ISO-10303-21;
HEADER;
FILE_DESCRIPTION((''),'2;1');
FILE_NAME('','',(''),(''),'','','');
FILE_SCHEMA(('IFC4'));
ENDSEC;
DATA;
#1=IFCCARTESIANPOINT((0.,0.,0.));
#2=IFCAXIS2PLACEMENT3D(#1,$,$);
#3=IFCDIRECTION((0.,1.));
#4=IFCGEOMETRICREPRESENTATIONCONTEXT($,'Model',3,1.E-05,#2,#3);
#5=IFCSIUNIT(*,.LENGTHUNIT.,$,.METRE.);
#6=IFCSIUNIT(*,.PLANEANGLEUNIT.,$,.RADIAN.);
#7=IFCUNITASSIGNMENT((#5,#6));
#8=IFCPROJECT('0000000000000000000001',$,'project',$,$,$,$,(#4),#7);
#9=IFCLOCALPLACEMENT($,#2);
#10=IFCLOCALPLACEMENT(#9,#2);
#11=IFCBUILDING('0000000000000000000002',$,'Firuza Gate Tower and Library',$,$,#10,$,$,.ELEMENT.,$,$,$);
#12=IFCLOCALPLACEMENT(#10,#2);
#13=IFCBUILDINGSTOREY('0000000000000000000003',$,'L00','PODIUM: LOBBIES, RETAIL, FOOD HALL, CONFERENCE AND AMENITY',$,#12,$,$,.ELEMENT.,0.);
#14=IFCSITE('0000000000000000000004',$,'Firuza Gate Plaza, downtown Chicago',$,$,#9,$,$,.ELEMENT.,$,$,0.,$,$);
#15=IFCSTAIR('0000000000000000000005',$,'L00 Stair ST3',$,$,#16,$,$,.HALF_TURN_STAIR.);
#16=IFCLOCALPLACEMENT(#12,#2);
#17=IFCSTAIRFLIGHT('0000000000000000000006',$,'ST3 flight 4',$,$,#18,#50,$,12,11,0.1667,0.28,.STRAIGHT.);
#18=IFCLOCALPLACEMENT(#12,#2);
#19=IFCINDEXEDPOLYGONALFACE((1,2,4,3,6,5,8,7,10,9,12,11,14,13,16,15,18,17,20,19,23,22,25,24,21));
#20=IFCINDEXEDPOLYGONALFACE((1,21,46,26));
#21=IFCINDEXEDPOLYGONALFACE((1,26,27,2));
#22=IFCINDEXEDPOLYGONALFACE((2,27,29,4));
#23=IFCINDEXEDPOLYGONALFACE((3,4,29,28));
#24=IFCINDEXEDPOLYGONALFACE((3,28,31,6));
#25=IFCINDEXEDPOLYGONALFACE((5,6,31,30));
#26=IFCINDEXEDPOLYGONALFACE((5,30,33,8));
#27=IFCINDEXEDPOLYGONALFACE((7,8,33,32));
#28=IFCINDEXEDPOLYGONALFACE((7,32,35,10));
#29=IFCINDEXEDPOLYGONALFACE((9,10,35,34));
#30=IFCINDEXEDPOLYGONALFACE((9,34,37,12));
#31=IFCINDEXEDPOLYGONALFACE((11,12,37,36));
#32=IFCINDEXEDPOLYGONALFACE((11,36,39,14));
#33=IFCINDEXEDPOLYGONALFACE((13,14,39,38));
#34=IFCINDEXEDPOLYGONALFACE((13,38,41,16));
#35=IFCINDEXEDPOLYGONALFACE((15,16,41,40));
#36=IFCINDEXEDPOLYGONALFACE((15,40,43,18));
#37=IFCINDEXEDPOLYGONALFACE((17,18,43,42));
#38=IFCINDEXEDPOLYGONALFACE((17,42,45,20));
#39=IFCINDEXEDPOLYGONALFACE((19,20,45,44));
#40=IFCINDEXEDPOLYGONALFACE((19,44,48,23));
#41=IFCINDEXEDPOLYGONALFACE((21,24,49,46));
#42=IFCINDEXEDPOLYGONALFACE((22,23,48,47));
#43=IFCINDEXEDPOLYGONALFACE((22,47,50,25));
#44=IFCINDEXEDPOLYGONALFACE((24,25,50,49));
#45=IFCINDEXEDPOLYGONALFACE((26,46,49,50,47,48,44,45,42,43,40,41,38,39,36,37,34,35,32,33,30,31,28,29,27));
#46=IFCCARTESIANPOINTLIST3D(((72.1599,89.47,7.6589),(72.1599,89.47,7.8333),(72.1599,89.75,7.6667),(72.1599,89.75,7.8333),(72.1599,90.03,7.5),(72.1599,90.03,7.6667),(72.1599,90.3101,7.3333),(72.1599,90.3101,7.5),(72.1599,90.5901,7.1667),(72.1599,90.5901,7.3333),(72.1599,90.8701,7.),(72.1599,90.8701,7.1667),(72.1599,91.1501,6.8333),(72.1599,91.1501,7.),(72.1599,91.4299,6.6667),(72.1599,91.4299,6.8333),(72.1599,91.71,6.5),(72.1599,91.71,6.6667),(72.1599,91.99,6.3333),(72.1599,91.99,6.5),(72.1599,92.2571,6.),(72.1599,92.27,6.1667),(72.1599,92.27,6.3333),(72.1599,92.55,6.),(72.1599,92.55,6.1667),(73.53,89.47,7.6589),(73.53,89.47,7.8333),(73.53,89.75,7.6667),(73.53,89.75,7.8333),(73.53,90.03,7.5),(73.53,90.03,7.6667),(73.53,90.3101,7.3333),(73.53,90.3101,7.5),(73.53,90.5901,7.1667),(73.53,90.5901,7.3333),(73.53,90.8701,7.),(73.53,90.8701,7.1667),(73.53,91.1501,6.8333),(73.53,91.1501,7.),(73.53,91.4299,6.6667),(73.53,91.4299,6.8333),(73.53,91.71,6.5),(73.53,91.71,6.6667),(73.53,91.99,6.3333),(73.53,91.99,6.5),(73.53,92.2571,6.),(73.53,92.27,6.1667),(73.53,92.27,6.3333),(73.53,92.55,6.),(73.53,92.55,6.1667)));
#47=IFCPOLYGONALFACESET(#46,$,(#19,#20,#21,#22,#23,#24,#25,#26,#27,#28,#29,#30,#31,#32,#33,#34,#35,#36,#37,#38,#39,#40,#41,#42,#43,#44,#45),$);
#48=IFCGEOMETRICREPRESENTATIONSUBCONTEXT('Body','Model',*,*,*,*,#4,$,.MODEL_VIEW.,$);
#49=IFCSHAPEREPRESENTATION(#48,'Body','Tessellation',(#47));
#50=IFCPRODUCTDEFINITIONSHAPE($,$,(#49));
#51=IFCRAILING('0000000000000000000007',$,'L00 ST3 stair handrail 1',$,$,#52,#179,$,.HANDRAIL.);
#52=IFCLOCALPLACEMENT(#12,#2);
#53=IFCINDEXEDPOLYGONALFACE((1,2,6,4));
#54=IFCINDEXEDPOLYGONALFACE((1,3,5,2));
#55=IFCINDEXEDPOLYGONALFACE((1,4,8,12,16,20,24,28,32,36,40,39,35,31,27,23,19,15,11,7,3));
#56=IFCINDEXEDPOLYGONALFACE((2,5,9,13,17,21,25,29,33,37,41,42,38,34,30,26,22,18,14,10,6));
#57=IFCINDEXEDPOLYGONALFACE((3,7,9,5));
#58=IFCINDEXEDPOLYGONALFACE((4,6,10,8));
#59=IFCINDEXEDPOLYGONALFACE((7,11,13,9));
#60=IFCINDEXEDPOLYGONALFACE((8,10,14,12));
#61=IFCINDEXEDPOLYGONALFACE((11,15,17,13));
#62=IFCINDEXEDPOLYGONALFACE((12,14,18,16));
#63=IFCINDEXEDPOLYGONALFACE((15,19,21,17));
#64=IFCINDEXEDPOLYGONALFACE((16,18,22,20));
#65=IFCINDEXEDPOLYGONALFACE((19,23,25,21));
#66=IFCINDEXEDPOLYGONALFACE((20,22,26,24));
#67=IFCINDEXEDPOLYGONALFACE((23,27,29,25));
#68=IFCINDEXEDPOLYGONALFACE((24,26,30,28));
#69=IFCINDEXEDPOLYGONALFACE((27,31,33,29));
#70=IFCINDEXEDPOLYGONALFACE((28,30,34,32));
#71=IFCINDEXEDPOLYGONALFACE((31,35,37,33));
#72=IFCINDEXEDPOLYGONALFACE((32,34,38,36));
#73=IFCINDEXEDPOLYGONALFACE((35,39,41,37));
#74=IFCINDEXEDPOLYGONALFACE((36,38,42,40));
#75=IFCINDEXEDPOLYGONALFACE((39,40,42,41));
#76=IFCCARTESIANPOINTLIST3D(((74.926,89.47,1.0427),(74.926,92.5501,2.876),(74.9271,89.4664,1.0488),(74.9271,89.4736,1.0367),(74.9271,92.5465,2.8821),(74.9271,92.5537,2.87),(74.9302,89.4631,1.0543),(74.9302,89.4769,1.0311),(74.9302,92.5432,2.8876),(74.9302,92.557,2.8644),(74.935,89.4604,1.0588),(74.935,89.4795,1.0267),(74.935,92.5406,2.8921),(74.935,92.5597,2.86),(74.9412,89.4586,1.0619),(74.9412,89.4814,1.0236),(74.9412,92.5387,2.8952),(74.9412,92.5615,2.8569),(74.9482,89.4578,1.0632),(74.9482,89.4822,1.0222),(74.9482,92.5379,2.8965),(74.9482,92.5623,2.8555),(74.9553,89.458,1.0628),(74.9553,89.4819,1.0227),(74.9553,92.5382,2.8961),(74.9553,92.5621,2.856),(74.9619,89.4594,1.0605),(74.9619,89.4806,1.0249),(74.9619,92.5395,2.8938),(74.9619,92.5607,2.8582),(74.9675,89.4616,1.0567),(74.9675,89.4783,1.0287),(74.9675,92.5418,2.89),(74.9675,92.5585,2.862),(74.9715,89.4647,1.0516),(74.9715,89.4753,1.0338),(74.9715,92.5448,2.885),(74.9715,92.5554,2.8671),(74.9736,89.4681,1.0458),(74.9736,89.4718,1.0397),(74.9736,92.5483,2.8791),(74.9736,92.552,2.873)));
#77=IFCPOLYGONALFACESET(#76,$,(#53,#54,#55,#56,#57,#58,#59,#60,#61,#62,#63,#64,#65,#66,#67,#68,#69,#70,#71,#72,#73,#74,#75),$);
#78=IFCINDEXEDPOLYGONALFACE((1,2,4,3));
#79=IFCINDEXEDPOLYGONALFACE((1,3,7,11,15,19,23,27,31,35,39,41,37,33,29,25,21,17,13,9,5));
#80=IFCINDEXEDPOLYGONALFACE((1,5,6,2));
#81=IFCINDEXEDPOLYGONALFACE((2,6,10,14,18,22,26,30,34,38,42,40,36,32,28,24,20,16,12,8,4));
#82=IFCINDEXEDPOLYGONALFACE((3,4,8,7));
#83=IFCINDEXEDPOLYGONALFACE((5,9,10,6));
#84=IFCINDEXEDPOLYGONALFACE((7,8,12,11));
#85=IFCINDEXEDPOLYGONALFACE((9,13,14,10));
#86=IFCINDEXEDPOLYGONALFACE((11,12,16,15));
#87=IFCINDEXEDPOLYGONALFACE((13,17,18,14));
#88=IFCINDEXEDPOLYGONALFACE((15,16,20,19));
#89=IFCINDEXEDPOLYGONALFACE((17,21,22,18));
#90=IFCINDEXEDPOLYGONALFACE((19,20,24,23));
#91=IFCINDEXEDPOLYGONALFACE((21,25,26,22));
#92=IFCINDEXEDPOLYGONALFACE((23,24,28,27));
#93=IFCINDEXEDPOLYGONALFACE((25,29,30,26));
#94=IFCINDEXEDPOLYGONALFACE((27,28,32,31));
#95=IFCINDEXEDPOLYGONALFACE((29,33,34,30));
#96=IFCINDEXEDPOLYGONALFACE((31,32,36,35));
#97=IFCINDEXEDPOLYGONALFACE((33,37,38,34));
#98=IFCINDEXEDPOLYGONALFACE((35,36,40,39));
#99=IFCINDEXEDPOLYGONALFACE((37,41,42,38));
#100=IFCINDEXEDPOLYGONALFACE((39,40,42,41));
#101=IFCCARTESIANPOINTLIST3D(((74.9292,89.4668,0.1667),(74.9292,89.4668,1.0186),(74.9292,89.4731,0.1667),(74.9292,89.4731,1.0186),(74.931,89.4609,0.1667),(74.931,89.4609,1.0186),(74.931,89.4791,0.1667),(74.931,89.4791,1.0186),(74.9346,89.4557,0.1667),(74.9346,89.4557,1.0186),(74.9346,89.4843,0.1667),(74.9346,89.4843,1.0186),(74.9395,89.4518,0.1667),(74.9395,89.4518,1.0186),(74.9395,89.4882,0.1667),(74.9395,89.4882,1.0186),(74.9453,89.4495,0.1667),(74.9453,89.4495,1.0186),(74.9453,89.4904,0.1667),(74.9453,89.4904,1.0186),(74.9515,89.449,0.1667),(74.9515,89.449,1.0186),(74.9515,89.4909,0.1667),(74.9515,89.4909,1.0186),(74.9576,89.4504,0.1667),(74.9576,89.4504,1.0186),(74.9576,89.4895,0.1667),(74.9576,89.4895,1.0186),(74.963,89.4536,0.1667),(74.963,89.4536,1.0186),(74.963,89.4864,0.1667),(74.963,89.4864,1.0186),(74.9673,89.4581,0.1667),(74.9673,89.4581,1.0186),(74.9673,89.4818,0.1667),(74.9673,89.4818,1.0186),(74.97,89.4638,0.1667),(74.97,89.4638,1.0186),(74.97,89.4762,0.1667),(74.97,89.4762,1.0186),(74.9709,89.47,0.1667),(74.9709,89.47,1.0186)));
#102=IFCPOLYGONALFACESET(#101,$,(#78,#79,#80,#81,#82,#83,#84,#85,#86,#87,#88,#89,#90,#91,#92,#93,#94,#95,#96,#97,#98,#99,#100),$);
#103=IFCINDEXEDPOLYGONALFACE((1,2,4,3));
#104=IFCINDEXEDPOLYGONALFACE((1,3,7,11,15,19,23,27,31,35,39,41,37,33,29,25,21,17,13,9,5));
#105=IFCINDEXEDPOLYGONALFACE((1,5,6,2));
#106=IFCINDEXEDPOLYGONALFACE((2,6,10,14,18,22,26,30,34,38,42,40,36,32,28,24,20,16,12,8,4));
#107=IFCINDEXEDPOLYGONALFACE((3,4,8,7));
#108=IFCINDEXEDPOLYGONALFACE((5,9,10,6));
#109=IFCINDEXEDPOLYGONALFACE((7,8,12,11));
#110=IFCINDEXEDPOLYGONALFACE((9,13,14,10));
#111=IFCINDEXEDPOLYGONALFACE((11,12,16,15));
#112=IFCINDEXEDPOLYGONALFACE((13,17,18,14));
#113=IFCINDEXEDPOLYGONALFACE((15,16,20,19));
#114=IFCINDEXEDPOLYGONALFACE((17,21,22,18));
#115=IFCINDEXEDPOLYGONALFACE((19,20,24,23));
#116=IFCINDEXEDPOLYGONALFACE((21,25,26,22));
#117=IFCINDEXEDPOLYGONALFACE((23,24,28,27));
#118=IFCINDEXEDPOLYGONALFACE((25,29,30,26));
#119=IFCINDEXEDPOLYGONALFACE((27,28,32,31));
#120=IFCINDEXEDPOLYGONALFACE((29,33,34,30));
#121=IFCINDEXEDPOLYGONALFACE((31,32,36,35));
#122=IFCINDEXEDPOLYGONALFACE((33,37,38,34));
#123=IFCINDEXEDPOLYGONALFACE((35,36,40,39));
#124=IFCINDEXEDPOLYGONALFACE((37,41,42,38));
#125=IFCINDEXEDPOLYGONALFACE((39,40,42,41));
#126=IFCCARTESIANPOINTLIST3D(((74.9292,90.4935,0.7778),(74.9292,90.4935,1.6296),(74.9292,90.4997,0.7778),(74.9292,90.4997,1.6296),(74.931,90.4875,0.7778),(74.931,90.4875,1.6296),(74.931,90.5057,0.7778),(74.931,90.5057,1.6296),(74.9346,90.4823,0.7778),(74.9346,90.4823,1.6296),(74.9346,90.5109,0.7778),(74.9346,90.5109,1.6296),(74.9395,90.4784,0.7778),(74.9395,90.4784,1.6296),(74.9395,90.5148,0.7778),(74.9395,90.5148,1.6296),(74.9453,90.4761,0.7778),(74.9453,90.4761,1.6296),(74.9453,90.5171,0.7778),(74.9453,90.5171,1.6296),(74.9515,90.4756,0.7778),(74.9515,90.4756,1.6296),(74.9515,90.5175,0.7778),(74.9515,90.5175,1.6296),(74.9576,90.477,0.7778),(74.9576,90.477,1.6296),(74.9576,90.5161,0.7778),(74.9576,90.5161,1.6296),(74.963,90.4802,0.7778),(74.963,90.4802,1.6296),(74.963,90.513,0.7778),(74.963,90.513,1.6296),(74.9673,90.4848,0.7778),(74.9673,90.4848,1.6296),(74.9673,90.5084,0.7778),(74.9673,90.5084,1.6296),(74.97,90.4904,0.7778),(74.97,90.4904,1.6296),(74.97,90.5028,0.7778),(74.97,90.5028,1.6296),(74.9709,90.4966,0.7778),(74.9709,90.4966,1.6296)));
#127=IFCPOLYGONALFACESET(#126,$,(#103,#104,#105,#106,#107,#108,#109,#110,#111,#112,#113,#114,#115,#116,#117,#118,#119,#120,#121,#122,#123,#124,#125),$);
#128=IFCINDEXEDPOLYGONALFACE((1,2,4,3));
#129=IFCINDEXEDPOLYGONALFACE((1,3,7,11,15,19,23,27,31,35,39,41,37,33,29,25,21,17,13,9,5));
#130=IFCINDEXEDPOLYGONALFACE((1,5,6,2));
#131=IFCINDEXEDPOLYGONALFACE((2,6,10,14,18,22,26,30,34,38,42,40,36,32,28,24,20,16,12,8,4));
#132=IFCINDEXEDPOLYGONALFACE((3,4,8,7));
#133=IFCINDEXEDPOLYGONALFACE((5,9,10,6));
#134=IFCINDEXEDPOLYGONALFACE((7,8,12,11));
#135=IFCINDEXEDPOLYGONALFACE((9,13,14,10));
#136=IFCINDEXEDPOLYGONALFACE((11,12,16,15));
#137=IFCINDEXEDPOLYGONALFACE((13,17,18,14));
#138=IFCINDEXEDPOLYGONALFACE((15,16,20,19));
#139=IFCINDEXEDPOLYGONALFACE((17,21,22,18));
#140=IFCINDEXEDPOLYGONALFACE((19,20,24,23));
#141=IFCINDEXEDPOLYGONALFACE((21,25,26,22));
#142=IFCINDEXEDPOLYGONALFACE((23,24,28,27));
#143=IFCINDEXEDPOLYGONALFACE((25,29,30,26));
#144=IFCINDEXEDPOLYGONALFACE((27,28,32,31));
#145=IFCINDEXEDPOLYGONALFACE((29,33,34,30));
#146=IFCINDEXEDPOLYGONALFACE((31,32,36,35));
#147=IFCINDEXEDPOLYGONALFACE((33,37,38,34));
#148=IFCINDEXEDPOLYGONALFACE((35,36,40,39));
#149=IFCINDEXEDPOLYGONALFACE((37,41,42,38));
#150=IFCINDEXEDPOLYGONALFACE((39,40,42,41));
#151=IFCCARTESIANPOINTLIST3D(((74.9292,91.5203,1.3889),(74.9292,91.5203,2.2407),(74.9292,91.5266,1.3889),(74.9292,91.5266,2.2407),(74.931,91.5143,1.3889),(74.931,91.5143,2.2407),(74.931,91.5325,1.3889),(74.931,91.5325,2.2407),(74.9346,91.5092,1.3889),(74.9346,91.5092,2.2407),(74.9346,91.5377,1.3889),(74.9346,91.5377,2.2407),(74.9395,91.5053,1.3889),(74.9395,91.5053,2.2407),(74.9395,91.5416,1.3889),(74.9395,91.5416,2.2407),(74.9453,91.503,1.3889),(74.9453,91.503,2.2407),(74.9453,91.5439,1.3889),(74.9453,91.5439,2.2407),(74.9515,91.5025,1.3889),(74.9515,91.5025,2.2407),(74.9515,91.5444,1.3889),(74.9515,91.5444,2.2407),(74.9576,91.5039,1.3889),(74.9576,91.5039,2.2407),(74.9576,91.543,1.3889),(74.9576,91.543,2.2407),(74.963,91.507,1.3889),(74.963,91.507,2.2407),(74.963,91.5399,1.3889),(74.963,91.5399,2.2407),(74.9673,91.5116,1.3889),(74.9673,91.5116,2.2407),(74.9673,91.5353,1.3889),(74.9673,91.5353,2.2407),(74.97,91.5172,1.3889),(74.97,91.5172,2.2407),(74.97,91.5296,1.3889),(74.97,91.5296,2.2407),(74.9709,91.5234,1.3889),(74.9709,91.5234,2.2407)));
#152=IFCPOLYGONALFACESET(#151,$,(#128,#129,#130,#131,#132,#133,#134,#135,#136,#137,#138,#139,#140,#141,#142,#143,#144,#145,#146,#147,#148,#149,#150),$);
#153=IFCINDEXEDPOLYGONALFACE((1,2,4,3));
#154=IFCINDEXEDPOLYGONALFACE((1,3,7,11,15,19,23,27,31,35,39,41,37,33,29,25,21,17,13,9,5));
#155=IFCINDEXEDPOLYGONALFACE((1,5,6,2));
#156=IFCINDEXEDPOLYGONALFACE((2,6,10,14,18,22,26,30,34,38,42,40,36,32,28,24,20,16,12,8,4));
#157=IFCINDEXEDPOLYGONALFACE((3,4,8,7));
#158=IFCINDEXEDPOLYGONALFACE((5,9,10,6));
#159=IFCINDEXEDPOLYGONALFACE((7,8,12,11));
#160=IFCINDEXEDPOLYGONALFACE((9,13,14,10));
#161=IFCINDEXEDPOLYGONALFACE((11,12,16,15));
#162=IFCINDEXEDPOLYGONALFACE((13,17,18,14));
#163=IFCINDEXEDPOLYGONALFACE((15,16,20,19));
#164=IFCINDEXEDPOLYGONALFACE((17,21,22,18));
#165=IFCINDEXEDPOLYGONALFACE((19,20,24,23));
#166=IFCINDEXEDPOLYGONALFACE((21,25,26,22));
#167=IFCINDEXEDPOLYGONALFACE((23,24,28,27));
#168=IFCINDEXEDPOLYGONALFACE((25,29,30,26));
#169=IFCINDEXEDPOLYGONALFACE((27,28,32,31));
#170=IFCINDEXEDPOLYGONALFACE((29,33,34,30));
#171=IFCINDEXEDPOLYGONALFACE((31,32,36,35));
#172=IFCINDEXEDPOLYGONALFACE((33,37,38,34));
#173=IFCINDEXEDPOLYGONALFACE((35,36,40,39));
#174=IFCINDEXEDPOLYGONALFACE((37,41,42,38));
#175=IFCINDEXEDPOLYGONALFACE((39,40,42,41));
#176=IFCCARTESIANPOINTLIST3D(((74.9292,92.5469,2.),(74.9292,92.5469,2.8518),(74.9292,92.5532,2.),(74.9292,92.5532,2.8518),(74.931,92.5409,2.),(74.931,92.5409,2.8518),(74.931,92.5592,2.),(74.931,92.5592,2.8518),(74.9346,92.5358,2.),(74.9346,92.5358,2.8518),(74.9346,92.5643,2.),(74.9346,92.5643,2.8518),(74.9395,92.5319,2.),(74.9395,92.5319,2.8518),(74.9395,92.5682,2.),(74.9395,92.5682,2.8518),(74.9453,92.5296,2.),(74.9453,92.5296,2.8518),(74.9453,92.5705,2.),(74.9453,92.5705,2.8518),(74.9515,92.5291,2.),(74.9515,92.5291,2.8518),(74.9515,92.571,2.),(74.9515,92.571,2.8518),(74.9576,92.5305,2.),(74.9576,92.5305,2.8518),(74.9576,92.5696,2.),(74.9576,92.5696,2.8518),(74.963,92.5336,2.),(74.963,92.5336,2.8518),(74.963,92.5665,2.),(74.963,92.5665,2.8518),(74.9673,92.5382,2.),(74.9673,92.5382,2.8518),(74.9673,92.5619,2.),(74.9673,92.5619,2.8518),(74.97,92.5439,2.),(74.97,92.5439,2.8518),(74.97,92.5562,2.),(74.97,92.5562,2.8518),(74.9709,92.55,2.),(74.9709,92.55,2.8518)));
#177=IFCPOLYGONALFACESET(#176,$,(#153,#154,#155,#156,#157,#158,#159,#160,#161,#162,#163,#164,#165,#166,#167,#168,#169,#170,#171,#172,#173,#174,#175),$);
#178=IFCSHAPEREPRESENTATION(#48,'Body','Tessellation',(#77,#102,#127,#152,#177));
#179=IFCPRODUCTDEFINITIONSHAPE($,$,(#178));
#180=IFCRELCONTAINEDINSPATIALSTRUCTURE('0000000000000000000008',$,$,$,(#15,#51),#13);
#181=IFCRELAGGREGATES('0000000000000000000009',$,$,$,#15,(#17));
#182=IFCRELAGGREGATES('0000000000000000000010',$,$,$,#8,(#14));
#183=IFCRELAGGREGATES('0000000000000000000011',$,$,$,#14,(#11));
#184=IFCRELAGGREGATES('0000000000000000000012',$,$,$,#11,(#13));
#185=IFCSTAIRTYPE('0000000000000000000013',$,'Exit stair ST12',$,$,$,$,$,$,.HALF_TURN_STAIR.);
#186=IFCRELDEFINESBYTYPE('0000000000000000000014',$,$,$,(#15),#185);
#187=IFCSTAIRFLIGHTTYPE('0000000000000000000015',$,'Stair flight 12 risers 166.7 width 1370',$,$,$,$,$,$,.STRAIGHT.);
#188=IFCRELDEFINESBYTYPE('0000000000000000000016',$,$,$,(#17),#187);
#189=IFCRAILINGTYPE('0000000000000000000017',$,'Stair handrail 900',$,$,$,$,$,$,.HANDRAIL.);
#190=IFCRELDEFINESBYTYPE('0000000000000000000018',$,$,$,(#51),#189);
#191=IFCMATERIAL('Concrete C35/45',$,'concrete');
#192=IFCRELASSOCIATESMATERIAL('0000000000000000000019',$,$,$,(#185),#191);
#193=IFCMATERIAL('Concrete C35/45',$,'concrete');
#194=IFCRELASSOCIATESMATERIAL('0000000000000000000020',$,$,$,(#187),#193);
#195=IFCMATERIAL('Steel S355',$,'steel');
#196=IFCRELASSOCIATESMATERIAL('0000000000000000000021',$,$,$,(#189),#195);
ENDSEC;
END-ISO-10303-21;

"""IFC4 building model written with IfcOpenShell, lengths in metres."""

from ifc_helpers import new_model, si_unit, direction, frame, origin, origin_2d, place, context, subcontext, project, spatial, polyline, circle, outline, extrude, material, type_object, element, aggregate, save


model = new_model("IFC4")

# Units and contexts
model_context = context("Model", 3, precision=1e-05, world=origin(), true_north=direction((0.0, 1.0)))
body_context = subcontext(model_context, "Body", "Model", "MODEL_VIEW")
ifc_project = project(units=[si_unit("LENGTHUNIT", "METRE"), si_unit("PLANEANGLEUNIT", "RADIAN")], contexts=[model_context])

# Site, building, storey
site_placement = place(None, origin())
site = spatial("IfcSite", under=ifc_project, at=site_placement, Name="Firuza Gate Plaza, downtown Chicago", CompositionType="ELEMENT", RefElevation=0.0)
building_placement = place(site_placement, origin())
building = spatial("IfcBuilding", under=site, at=building_placement, Name="Firuza Gate Tower and Library", CompositionType="ELEMENT")
storey_placement = place(building_placement, origin())
storey = spatial("IfcBuildingStorey", under=building, at=storey_placement, Name="L00", Description="PODIUM: LOBBIES, RETAIL, FOOD HALL, CONFERENCE AND AMENITY", CompositionType="ELEMENT", Elevation=0.0)

# Stair, stair flight
ifc_material_1 = material(Name="Concrete C35/45", Category="concrete")
stair_type = type_object("IfcStairType", Name="Exit stair ST12", PredefinedType="HALF_TURN_STAIR", material=ifc_material_1)
stair_placement = place(storey_placement, origin())
stair = element("IfcStair", 1, at=stair_placement, inside=storey, type_object=stair_type, Name="L00 Stair ST3", PredefinedType="HALF_TURN_STAIR")
ifc_material_2 = material(Name="Concrete C35/45", Category="concrete")
stair_flight_type = type_object("IfcStairFlightType", Name="Stair flight 12 risers 166.7 width 1370", PredefinedType="STRAIGHT", material=ifc_material_2)
stair_flight_1_placement = place(storey_placement, frame((72.845, 92.55, 6.0), z_axis=(0.0, 0.0, 1.0), x_axis=(0.0, -1.0, 0.0)))
stair_flight_1 = element("IfcStairFlight", 2, at=stair_flight_1_placement, type_object=stair_flight_type, Name="ST3 flight 4", NumberOfRisers=12, NumberOfTreads=11, PredefinedType="STRAIGHT", RiserHeight=0.1667, TreadLength=0.28, context=body_context, shape_type="SweptSolid", body=[
    extrude(outline(polyline([(0.0, 0.0), (0.0, 0.1667), (0.28, 0.1667), (0.28, 0.3333), (0.5601, 0.3333), (0.5601, 0.5), (0.8401, 0.5), (0.8401, 0.6667), (1.1201, 0.6667), (1.1201, 0.8333), (1.3999, 0.8333), (1.3999, 1.0), (1.6799, 1.0), (1.6799, 1.1667), (1.96, 1.1667), (1.96, 1.3333), (2.24, 1.3333), (2.24, 1.5), (2.52, 1.5), (2.52, 1.6667), (2.8, 1.6667), (2.8, 1.8333), (3.0801, 1.8333), (3.0801, 2.0), (3.0801, 1.6589), (0.293, 0.0), (0.0, 0.0)])), frame((0.0, 0.6851, 0.0), z_axis=(0.0, -1.0, 0.0), x_axis=(1.0, 0.0, 0.0)), (0.0, 0.0, 1.0), 1.3701),
])
aggregate(stair, [stair_flight_1])

# Railing
ifc_material_3 = material(Name="Steel S355", Category="steel")
railing_type = type_object("IfcRailingType", Name="Stair handrail 900", PredefinedType="HANDRAIL", material=ifc_material_3)
railing_1_placement = place(storey_placement, frame((74.95, 89.47, 0.1667)))
element("IfcRailing", 3, at=railing_1_placement, inside=storey, type_object=railing_type, Name="L00 ST3 stair handrail 1", PredefinedType="HANDRAIL", context=body_context, shape_type="SweptSolid", body=[
    extrude(circle(Radius=0.0239, at=origin_2d()), frame((0.0, 0.0, 0.876), z_axis=(0.0, 0.859309, 0.511458), x_axis=(-1.0, 0.0, 0.0)), (0.0, 0.0, 1.0), 3.5845),
    extrude(circle(Radius=0.021, at=origin_2d()), origin(), (0.0, 0.0, 1.0), 0.8518),
    extrude(circle(Radius=0.021, at=origin_2d()), frame((0.0, 1.0266, 0.6111)), (0.0, 0.0, 1.0), 0.8518),
    extrude(circle(Radius=0.021, at=origin_2d()), frame((0.0, 2.0535, 1.2222)), (0.0, 0.0, 1.0), 0.8518),
    extrude(circle(Radius=0.021, at=origin_2d()), frame((0.0, 3.0801, 1.8333)), (0.0, 0.0, 1.0), 0.8518),
])

save(model, "model.ifc")
